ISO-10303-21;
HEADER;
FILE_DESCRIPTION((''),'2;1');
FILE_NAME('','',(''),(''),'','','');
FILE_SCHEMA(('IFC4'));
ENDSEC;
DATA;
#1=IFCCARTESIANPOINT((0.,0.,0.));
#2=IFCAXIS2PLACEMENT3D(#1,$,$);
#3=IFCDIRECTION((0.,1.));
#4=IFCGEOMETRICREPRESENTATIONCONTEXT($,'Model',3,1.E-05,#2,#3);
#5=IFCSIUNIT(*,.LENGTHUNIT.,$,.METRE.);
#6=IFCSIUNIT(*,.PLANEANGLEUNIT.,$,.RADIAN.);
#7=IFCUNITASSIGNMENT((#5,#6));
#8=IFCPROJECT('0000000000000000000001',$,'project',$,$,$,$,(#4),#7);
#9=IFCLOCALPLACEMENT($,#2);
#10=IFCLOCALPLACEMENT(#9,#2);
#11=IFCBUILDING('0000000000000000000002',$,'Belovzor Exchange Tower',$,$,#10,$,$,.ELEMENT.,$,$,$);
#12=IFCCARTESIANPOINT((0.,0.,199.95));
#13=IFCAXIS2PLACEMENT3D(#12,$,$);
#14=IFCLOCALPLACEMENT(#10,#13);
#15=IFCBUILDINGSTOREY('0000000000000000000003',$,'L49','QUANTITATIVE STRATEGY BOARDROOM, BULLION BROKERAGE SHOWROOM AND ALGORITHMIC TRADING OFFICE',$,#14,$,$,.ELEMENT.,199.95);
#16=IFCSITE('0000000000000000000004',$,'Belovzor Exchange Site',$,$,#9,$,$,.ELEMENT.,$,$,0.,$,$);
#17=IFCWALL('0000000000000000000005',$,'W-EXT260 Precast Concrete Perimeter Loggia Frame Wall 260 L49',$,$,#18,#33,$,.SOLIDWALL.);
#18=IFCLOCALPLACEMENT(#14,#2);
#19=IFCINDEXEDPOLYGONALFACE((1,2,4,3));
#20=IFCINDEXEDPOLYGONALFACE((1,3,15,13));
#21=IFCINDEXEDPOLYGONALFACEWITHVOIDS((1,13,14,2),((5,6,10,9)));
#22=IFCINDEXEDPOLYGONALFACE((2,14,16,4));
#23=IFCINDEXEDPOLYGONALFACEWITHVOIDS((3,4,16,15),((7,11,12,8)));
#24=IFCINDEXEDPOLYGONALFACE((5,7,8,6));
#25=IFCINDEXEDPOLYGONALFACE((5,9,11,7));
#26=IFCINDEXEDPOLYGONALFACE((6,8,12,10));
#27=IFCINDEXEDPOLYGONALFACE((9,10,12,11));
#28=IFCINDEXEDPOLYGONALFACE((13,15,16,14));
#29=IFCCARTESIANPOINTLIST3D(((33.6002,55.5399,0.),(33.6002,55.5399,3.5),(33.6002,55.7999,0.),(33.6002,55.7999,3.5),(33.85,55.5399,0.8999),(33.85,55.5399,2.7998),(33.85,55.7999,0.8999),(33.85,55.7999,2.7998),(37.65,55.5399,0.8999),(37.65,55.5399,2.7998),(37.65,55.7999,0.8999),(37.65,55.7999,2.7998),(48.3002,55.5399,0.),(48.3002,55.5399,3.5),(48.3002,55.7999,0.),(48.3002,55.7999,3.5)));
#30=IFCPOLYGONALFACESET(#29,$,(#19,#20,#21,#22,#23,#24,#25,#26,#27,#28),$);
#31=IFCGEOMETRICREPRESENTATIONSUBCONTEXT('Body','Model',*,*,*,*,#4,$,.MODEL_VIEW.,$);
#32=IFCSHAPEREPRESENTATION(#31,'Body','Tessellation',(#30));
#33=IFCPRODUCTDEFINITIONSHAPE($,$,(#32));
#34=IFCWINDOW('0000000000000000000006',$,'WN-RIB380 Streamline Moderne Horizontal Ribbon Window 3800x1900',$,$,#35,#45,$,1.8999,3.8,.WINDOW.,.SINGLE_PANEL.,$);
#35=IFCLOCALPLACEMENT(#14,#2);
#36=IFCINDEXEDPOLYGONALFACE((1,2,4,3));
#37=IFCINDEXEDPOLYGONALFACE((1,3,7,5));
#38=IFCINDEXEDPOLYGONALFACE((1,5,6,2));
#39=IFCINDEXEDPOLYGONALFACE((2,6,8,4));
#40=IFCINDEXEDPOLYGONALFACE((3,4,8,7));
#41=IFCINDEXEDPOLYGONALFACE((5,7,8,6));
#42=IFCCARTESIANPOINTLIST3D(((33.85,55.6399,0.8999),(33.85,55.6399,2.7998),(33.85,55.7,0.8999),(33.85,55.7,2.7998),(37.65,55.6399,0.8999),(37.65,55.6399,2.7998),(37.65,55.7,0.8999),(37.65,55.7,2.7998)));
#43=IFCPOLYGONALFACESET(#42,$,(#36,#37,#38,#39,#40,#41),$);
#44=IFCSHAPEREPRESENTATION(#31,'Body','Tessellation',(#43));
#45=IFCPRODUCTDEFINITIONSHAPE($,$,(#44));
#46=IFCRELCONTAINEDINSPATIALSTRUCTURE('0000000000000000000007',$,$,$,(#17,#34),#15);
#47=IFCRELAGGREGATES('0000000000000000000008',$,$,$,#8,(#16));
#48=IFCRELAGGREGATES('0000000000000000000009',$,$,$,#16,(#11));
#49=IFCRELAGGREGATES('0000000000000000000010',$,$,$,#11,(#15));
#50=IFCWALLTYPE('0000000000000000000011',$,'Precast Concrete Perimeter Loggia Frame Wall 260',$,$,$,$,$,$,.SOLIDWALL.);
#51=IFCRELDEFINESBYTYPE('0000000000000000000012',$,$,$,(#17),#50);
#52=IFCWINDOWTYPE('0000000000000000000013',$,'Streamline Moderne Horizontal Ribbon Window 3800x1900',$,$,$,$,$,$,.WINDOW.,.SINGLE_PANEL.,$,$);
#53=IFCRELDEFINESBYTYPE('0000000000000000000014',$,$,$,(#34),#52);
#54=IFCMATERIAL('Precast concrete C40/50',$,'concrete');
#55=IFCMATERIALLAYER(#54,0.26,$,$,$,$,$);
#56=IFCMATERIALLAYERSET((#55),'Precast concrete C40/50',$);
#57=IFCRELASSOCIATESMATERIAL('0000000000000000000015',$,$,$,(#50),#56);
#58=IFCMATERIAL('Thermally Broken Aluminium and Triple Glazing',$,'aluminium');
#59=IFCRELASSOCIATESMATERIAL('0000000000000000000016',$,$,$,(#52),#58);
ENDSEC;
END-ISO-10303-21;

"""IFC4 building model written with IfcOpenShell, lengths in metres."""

from ifc_helpers import new_model, si_unit, direction, frame, frame_2d, origin, place, context, subcontext, project, spatial, rectangle, extrude, material, layer, layer_set, type_object, element, fill, save


model = new_model("IFC4")

# Units and contexts
model_context = context("Model", 3, precision=1e-05, world=origin(), true_north=direction((0.0, 1.0)))
body_context = subcontext(model_context, "Body", "Model", "MODEL_VIEW")
ifc_project = project(units=[si_unit("LENGTHUNIT", "METRE"), si_unit("PLANEANGLEUNIT", "RADIAN")], contexts=[model_context])

# Site, building, storey
site_placement = place(None, origin())
site = spatial("IfcSite", under=ifc_project, at=site_placement, Name="Belovzor Exchange Site", CompositionType="ELEMENT", RefElevation=0.0)
building_placement = place(site_placement, origin())
building = spatial("IfcBuilding", under=site, at=building_placement, Name="Belovzor Exchange Tower", CompositionType="ELEMENT")
storey_placement = place(building_placement, frame((0.0, 0.0, 199.95)))
storey = spatial("IfcBuildingStorey", under=building, at=storey_placement, Name="L49", Description="QUANTITATIVE STRATEGY BOARDROOM, BULLION BROKERAGE SHOWROOM AND ALGORITHMIC TRADING OFFICE", CompositionType="ELEMENT", Elevation=199.95)

# Wall, opening, window
ifc_material_1 = material(Name="Precast concrete C40/50", Category="concrete")
ifc_layer_1 = layer(ifc_material_1, 0.26)
ifc_layer_set_1 = layer_set([ifc_layer_1], Name="Precast concrete C40/50")
wall_type = type_object("IfcWallType", Name="Precast Concrete Perimeter Loggia Frame Wall 260", PredefinedType="SOLIDWALL", material=ifc_layer_set_1)
wall_placement = place(storey_placement, frame((33.6001, 55.6699, 0.0), z_axis=(0.0, 0.0, 1.0), x_axis=(1.0, 0.0, 0.0)))
wall = element("IfcWall", 1, at=wall_placement, inside=storey, type_object=wall_type, Name="W-EXT260 Precast Concrete Perimeter Loggia Frame Wall 260 L49", PredefinedType="SOLIDWALL", context=body_context, shape_type="SweptSolid", body=[
    extrude(rectangle(XDim=14.7, YDim=0.26, at=frame_2d((7.3501, 0.0))), origin(), (0.0, 0.0, 1.0), 3.5),
])
opening_placement = place(wall_placement, frame((0.25, 0.0, 0.8999)))
opening = element("IfcOpeningElement", 2, at=opening_placement, cuts=wall, PredefinedType="OPENING", context=body_context, shape_type="SweptSolid", body=[
    extrude(rectangle(XDim=3.8, YDim=1.8999, at=frame_2d((1.8999, 0.95))), frame((0.0, 0.1399, 0.0), z_axis=(0.0, -1.0, 0.0), x_axis=(1.0, 0.0, 0.0)), (0.0, 0.0, 1.0), 0.28),
])
ifc_material_2 = material(Name="Thermally Broken Aluminium and Triple Glazing", Category="aluminium")
window_type = type_object("IfcWindowType", Name="Streamline Moderne Horizontal Ribbon Window 3800x1900", PartitioningType="SINGLE_PANEL", PredefinedType="WINDOW", material=ifc_material_2)
window_placement = place(opening_placement, origin())
window = element("IfcWindow", 3, at=window_placement, inside=storey, type_object=window_type, Name="WN-RIB380 Streamline Moderne Horizontal Ribbon Window 3800x1900", OverallHeight=1.8999, OverallWidth=3.8, PartitioningType="SINGLE_PANEL", PredefinedType="WINDOW", context=body_context, shape_type="SweptSolid", body=[
    extrude(rectangle(XDim=3.8, YDim=1.8999, at=frame_2d((1.8999, 0.95))), frame((0.0, 0.03, 0.0), z_axis=(0.0, -1.0, 0.0), x_axis=(1.0, 0.0, 0.0)), (0.0, 0.0, 1.0), 0.0601),
])
fill(opening, window)

save(model, "model.ifc")
